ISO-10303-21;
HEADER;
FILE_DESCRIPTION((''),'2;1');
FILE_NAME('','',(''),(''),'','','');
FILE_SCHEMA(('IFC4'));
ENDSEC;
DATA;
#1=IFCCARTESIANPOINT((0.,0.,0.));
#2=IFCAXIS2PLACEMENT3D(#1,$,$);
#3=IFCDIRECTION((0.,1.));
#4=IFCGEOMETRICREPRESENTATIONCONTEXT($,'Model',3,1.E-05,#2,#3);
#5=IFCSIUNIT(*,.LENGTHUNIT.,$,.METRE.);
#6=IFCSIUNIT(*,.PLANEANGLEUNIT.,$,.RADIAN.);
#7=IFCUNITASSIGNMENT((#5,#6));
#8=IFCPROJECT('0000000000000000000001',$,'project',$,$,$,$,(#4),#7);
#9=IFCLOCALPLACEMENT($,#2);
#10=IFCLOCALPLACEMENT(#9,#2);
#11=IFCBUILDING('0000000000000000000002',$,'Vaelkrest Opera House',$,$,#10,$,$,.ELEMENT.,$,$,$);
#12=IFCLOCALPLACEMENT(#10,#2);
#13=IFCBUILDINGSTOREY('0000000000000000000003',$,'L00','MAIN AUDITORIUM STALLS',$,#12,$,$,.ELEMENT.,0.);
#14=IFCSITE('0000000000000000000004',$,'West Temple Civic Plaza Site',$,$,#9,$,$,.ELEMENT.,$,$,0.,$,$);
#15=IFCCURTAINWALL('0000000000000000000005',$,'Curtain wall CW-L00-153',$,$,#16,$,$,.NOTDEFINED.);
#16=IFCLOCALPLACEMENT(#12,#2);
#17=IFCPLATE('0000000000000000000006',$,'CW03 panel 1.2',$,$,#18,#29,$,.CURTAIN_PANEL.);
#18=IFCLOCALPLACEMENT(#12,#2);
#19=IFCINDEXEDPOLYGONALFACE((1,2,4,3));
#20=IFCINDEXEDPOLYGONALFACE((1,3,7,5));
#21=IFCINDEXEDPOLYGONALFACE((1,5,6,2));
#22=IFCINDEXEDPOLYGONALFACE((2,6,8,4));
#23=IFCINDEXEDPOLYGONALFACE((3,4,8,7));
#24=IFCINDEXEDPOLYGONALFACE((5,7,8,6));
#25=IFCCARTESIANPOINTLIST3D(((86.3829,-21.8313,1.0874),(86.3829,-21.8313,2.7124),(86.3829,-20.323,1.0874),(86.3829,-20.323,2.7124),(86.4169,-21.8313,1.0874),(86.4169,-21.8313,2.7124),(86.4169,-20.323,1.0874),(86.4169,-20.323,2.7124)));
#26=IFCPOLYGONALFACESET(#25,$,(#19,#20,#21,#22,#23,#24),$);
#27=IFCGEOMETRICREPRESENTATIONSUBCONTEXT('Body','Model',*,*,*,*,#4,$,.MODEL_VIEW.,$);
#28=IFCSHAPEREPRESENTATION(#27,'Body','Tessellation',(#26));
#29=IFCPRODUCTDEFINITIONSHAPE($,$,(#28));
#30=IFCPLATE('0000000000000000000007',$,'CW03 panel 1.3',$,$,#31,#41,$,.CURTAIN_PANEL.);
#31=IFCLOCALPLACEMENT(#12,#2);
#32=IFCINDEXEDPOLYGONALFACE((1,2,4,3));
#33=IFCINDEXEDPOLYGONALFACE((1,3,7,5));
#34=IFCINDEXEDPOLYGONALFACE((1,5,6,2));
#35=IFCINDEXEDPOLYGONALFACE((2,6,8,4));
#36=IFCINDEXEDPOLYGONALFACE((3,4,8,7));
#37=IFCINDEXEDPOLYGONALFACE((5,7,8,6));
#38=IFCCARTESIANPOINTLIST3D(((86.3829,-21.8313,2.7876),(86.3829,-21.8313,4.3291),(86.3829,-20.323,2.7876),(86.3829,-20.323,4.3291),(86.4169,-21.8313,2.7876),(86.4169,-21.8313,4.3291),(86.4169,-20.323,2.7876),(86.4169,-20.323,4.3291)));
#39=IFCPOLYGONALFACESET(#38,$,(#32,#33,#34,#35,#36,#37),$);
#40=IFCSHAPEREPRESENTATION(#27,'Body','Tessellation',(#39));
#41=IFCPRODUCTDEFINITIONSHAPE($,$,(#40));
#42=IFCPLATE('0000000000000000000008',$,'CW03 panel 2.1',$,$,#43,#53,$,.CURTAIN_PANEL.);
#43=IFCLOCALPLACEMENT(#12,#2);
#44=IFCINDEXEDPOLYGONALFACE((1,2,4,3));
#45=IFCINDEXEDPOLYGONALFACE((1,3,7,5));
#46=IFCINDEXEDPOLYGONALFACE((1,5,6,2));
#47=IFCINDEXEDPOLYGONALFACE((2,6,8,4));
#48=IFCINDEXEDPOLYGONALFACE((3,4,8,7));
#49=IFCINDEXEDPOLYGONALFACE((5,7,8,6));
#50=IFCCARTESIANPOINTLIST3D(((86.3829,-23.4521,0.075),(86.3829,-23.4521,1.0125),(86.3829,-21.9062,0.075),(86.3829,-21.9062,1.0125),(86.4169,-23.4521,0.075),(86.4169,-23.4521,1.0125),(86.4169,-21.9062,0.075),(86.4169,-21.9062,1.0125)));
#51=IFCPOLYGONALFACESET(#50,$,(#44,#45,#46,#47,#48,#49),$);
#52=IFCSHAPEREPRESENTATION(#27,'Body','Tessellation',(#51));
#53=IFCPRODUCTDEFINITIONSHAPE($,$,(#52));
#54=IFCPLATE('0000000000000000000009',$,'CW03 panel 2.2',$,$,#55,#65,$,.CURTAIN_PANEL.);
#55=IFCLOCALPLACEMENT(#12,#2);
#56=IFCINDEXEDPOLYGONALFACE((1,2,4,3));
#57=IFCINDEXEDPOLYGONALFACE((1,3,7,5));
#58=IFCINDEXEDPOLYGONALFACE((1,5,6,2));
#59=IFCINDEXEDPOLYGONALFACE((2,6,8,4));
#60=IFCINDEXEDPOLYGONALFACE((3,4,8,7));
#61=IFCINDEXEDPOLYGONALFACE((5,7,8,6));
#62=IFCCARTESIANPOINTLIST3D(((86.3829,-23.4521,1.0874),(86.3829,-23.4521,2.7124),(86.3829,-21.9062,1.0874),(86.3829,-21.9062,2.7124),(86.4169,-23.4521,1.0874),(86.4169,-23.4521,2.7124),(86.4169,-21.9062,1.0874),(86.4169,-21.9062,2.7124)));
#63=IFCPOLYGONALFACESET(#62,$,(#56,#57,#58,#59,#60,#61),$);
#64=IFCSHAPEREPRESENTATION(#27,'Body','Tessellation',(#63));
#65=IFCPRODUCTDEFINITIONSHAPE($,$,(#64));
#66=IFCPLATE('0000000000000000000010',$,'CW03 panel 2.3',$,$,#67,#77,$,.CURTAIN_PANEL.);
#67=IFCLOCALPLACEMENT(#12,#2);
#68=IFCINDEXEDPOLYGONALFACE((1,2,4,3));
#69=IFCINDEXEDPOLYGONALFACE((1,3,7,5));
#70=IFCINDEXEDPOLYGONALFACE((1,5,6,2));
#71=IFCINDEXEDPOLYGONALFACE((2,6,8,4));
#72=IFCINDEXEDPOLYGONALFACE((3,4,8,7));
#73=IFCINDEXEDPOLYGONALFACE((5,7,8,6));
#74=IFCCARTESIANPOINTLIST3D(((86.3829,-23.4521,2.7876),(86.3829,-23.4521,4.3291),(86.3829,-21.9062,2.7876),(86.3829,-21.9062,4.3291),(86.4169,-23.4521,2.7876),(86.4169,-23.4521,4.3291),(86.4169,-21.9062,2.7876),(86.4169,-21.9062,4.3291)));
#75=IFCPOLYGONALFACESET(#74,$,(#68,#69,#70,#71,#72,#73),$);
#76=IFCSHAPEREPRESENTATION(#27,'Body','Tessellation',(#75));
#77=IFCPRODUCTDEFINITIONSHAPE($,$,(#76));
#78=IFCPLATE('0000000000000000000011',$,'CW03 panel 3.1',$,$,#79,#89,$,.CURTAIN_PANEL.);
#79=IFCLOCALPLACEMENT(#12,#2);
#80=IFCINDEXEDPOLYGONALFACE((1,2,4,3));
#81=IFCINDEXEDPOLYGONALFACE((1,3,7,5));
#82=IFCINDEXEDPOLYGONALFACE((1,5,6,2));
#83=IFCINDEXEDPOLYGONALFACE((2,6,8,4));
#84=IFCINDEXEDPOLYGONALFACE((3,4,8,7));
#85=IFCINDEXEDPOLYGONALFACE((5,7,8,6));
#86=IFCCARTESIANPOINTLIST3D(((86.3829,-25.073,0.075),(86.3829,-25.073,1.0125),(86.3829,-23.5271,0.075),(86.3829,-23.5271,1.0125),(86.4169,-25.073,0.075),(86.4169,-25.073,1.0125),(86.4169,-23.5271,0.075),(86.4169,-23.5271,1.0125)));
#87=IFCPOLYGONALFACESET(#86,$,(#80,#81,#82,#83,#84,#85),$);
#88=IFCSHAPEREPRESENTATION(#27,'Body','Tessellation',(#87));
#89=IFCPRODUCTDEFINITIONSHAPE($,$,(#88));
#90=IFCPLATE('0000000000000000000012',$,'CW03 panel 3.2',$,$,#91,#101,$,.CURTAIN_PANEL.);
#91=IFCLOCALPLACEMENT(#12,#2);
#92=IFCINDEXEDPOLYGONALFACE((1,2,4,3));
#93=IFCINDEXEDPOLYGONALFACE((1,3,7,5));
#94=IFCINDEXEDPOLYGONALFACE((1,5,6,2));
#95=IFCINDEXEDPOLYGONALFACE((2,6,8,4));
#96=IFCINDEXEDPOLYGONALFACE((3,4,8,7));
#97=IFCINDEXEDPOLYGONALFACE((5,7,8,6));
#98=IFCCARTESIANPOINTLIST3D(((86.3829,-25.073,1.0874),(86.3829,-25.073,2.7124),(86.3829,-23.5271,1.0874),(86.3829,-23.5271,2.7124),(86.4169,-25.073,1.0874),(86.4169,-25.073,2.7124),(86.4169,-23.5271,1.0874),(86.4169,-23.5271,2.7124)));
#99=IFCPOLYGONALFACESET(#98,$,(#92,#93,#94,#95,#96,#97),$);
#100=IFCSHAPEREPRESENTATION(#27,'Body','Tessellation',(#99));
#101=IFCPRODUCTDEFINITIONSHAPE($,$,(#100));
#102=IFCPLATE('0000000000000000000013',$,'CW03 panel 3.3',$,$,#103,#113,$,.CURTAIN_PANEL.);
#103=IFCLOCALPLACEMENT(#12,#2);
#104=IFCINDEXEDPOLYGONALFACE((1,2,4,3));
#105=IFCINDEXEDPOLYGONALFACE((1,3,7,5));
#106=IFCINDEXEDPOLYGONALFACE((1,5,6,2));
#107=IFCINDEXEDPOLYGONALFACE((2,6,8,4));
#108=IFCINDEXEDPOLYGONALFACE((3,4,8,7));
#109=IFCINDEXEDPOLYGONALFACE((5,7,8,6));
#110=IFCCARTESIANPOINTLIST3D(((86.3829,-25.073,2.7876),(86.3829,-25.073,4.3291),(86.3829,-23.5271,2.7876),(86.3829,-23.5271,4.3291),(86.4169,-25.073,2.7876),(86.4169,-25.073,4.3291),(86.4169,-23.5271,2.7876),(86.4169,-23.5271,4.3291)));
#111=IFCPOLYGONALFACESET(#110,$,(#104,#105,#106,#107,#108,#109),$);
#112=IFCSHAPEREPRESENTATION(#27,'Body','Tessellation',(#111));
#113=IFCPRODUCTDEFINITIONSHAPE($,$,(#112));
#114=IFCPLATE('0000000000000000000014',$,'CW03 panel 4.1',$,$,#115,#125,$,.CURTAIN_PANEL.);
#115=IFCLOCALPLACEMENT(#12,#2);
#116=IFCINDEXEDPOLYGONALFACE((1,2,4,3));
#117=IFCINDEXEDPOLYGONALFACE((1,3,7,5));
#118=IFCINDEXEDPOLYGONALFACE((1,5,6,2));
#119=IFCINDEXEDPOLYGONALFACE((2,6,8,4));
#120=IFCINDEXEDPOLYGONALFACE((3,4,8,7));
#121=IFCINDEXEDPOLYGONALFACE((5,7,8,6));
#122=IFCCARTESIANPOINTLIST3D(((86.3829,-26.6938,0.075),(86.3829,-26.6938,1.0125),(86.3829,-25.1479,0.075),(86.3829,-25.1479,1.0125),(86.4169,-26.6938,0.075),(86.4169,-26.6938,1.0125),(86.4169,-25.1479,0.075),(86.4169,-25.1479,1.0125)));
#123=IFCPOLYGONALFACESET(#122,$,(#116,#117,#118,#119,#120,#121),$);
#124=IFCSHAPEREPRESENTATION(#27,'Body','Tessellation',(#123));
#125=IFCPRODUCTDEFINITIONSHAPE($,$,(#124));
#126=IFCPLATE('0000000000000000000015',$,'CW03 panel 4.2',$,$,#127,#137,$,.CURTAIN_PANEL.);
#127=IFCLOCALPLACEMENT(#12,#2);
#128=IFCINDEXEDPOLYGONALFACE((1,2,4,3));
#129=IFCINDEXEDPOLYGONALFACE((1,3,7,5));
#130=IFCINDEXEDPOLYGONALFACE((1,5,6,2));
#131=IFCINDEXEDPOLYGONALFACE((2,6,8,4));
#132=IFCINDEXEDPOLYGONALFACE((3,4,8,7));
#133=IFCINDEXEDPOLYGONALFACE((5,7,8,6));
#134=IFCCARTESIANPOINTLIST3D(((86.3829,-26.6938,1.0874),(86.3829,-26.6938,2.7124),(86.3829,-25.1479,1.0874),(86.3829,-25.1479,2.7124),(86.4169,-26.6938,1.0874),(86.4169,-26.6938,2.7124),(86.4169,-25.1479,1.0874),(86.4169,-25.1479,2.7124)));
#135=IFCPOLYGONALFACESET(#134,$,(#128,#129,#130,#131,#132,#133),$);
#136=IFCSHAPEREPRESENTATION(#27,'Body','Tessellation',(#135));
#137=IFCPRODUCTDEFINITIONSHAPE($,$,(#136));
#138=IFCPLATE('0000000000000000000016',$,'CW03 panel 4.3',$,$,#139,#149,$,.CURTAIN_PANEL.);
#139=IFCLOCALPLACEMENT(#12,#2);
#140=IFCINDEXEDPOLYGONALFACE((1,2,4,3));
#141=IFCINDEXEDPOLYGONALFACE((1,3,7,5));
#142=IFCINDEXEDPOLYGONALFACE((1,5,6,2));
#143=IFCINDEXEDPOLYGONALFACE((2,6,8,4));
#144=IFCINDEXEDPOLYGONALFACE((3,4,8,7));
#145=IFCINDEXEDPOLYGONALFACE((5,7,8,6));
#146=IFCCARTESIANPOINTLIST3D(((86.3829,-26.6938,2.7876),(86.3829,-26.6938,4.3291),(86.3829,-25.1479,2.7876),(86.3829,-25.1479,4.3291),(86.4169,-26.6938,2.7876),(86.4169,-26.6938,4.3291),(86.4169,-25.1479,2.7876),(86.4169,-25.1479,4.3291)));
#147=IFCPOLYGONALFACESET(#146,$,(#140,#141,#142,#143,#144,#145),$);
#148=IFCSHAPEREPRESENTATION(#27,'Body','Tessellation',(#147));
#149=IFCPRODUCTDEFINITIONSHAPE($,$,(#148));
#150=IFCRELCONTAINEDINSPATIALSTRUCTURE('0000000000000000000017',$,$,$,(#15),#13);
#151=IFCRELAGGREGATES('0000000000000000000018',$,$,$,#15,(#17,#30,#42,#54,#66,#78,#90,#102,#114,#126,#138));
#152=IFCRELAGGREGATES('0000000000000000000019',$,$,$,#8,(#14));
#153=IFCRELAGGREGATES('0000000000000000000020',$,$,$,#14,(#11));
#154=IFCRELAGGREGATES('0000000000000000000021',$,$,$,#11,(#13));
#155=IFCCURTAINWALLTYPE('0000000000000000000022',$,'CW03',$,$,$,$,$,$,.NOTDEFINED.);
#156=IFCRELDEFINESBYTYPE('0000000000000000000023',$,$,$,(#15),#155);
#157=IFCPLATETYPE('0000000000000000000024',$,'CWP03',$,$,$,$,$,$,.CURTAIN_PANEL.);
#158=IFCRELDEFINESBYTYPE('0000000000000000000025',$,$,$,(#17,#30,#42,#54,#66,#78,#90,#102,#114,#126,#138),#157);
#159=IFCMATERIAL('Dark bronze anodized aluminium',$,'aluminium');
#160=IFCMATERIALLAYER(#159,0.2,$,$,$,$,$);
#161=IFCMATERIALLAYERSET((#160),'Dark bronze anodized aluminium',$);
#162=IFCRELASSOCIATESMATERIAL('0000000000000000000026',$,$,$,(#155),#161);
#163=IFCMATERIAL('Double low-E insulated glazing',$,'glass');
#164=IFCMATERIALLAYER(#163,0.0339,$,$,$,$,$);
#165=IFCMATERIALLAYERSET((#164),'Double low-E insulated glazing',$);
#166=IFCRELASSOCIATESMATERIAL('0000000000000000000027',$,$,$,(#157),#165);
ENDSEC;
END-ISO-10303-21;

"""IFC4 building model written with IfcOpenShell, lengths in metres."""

from ifc_helpers import new_model, si_unit, direction, frame, origin, origin_2d, place, context, subcontext, project, spatial, rectangle, extrude, material, layer, layer_set, type_object, element, aggregate, save


model = new_model("IFC4")

# Units and contexts
model_context = context("Model", 3, precision=1e-05, world=origin(), true_north=direction((0.0, 1.0)))
body_context = subcontext(model_context, "Body", "Model", "MODEL_VIEW")
ifc_project = project(units=[si_unit("LENGTHUNIT", "METRE"), si_unit("PLANEANGLEUNIT", "RADIAN")], contexts=[model_context])

# Site, building, storey
site_placement = place(None, origin())
site = spatial("IfcSite", under=ifc_project, at=site_placement, Name="West Temple Civic Plaza Site", CompositionType="ELEMENT", RefElevation=0.0)
building_placement = place(site_placement, origin())
building = spatial("IfcBuilding", under=site, at=building_placement, Name="Vaelkrest Opera House", CompositionType="ELEMENT")
storey_placement = place(building_placement, origin())
storey = spatial("IfcBuildingStorey", under=building, at=storey_placement, Name="L00", Description="MAIN AUDITORIUM STALLS", CompositionType="ELEMENT", Elevation=0.0)

# Curtain wall, plates
ifc_material_1 = material(Name="Dark bronze anodized aluminium", Category="aluminium")
ifc_layer_1 = layer(ifc_material_1, 0.2)
ifc_layer_set_1 = layer_set([ifc_layer_1], Name="Dark bronze anodized aluminium")
curtain_wall_type = type_object("IfcCurtainWallType", Name="CW03", PredefinedType="NOTDEFINED", material=ifc_layer_set_1)
curtain_wall_placement = place(storey_placement, origin())
curtain_wall = element("IfcCurtainWall", 1, at=curtain_wall_placement, inside=storey, type_object=curtain_wall_type, Name="Curtain wall CW-L00-153", PredefinedType="NOTDEFINED")
ifc_material_2 = material(Name="Double low-E insulated glazing", Category="glass")
ifc_layer_2 = layer(ifc_material_2, 0.0339)
ifc_layer_set_2 = layer_set([ifc_layer_2], Name="Double low-E insulated glazing")
plate_type = type_object("IfcPlateType", Name="CWP03", PredefinedType="CURTAIN_PANEL", material=ifc_layer_set_2)
plate_1_placement = place(storey_placement, frame((86.3999, -21.0771, 1.0874), z_axis=(0.0, 0.0, 1.0), x_axis=(0.0, -1.0, 0.0)))
plate_1 = element("IfcPlate", 2, at=plate_1_placement, type_object=plate_type, Name="CW03 panel 1.2", PredefinedType="CURTAIN_PANEL", context=body_context, shape_type="SweptSolid", body=[
    extrude(rectangle(XDim=1.5083, YDim=0.0339, at=origin_2d()), origin(), (0.0, 0.0, 1.0), 1.625),
])
plate_2_placement = place(storey_placement, frame((86.3999, -21.0771, 2.7876), z_axis=(0.0, 0.0, 1.0), x_axis=(0.0, -1.0, 0.0)))
plate_2 = element("IfcPlate", 3, at=plate_2_placement, type_object=plate_type, Name="CW03 panel 1.3", PredefinedType="CURTAIN_PANEL", context=body_context, shape_type="SweptSolid", body=[
    extrude(rectangle(XDim=1.5083, YDim=0.0339, at=origin_2d()), origin(), (0.0, 0.0, 1.0), 1.5415),
])
plate_3_placement = place(storey_placement, frame((86.3999, -22.6792, 0.075), z_axis=(0.0, 0.0, 1.0), x_axis=(0.0, -1.0, 0.0)))
plate_3 = element("IfcPlate", 4, at=plate_3_placement, type_object=plate_type, Name="CW03 panel 2.1", PredefinedType="CURTAIN_PANEL", context=body_context, shape_type="SweptSolid", body=[
    extrude(rectangle(XDim=1.5459, YDim=0.0339, at=origin_2d()), origin(), (0.0, 0.0, 1.0), 0.9375),
])
plate_4_placement = place(storey_placement, frame((86.3999, -22.6792, 1.0874), z_axis=(0.0, 0.0, 1.0), x_axis=(0.0, -1.0, 0.0)))
plate_4 = element("IfcPlate", 5, at=plate_4_placement, type_object=plate_type, Name="CW03 panel 2.2", PredefinedType="CURTAIN_PANEL", context=body_context, shape_type="SweptSolid", body=[
    extrude(rectangle(XDim=1.5459, YDim=0.0339, at=origin_2d()), origin(), (0.0, 0.0, 1.0), 1.625),
])
plate_5_placement = place(storey_placement, frame((86.3999, -22.6792, 2.7876), z_axis=(0.0, 0.0, 1.0), x_axis=(0.0, -1.0, 0.0)))
plate_5 = element("IfcPlate", 6, at=plate_5_placement, type_object=plate_type, Name="CW03 panel 2.3", PredefinedType="CURTAIN_PANEL", context=body_context, shape_type="SweptSolid", body=[
    extrude(rectangle(XDim=1.5459, YDim=0.0339, at=origin_2d()), origin(), (0.0, 0.0, 1.0), 1.5415),
])
plate_6_placement = place(storey_placement, frame((86.3999, -24.3, 0.075), z_axis=(0.0, 0.0, 1.0), x_axis=(0.0, -1.0, 0.0)))
plate_6 = element("IfcPlate", 7, at=plate_6_placement, type_object=plate_type, Name="CW03 panel 3.1", PredefinedType="CURTAIN_PANEL", context=body_context, shape_type="SweptSolid", body=[
    extrude(rectangle(XDim=1.5459, YDim=0.0339, at=origin_2d()), origin(), (0.0, 0.0, 1.0), 0.9375),
])
plate_7_placement = place(storey_placement, frame((86.3999, -24.3, 1.0874), z_axis=(0.0, 0.0, 1.0), x_axis=(0.0, -1.0, 0.0)))
plate_7 = element("IfcPlate", 8, at=plate_7_placement, type_object=plate_type, Name="CW03 panel 3.2", PredefinedType="CURTAIN_PANEL", context=body_context, shape_type="SweptSolid", body=[
    extrude(rectangle(XDim=1.5459, YDim=0.0339, at=origin_2d()), origin(), (0.0, 0.0, 1.0), 1.625),
])
plate_8_placement = place(storey_placement, frame((86.3999, -24.3, 2.7876), z_axis=(0.0, 0.0, 1.0), x_axis=(0.0, -1.0, 0.0)))
plate_8 = element("IfcPlate", 9, at=plate_8_placement, type_object=plate_type, Name="CW03 panel 3.3", PredefinedType="CURTAIN_PANEL", context=body_context, shape_type="SweptSolid", body=[
    extrude(rectangle(XDim=1.5459, YDim=0.0339, at=origin_2d()), origin(), (0.0, 0.0, 1.0), 1.5415),
])
plate_9_placement = place(storey_placement, frame((86.3999, -25.9209, 0.075), z_axis=(0.0, 0.0, 1.0), x_axis=(0.0, -1.0, 0.0)))
plate_9 = element("IfcPlate", 10, at=plate_9_placement, type_object=plate_type, Name="CW03 panel 4.1", PredefinedType="CURTAIN_PANEL", context=body_context, shape_type="SweptSolid", body=[
    extrude(rectangle(XDim=1.5459, YDim=0.0339, at=origin_2d()), origin(), (0.0, 0.0, 1.0), 0.9375),
])
plate_10_placement = place(storey_placement, frame((86.3999, -25.9209, 1.0874), z_axis=(0.0, 0.0, 1.0), x_axis=(0.0, -1.0, 0.0)))
plate_10 = element("IfcPlate", 11, at=plate_10_placement, type_object=plate_type, Name="CW03 panel 4.2", PredefinedType="CURTAIN_PANEL", context=body_context, shape_type="SweptSolid", body=[
    extrude(rectangle(XDim=1.5459, YDim=0.0339, at=origin_2d()), origin(), (0.0, 0.0, 1.0), 1.625),
])
plate_11_placement = place(storey_placement, frame((86.3999, -25.9209, 2.7876), z_axis=(0.0, 0.0, 1.0), x_axis=(0.0, -1.0, 0.0)))
plate_11 = element("IfcPlate", 12, at=plate_11_placement, type_object=plate_type, Name="CW03 panel 4.3", PredefinedType="CURTAIN_PANEL", context=body_context, shape_type="SweptSolid", body=[
    extrude(rectangle(XDim=1.5459, YDim=0.0339, at=origin_2d()), origin(), (0.0, 0.0, 1.0), 1.5415),
])
aggregate(curtain_wall, [plate_1, plate_2, plate_3, plate_4, plate_5, plate_6, plate_7, plate_8, plate_9, plate_10, plate_11])

save(model, "model.ifc")
